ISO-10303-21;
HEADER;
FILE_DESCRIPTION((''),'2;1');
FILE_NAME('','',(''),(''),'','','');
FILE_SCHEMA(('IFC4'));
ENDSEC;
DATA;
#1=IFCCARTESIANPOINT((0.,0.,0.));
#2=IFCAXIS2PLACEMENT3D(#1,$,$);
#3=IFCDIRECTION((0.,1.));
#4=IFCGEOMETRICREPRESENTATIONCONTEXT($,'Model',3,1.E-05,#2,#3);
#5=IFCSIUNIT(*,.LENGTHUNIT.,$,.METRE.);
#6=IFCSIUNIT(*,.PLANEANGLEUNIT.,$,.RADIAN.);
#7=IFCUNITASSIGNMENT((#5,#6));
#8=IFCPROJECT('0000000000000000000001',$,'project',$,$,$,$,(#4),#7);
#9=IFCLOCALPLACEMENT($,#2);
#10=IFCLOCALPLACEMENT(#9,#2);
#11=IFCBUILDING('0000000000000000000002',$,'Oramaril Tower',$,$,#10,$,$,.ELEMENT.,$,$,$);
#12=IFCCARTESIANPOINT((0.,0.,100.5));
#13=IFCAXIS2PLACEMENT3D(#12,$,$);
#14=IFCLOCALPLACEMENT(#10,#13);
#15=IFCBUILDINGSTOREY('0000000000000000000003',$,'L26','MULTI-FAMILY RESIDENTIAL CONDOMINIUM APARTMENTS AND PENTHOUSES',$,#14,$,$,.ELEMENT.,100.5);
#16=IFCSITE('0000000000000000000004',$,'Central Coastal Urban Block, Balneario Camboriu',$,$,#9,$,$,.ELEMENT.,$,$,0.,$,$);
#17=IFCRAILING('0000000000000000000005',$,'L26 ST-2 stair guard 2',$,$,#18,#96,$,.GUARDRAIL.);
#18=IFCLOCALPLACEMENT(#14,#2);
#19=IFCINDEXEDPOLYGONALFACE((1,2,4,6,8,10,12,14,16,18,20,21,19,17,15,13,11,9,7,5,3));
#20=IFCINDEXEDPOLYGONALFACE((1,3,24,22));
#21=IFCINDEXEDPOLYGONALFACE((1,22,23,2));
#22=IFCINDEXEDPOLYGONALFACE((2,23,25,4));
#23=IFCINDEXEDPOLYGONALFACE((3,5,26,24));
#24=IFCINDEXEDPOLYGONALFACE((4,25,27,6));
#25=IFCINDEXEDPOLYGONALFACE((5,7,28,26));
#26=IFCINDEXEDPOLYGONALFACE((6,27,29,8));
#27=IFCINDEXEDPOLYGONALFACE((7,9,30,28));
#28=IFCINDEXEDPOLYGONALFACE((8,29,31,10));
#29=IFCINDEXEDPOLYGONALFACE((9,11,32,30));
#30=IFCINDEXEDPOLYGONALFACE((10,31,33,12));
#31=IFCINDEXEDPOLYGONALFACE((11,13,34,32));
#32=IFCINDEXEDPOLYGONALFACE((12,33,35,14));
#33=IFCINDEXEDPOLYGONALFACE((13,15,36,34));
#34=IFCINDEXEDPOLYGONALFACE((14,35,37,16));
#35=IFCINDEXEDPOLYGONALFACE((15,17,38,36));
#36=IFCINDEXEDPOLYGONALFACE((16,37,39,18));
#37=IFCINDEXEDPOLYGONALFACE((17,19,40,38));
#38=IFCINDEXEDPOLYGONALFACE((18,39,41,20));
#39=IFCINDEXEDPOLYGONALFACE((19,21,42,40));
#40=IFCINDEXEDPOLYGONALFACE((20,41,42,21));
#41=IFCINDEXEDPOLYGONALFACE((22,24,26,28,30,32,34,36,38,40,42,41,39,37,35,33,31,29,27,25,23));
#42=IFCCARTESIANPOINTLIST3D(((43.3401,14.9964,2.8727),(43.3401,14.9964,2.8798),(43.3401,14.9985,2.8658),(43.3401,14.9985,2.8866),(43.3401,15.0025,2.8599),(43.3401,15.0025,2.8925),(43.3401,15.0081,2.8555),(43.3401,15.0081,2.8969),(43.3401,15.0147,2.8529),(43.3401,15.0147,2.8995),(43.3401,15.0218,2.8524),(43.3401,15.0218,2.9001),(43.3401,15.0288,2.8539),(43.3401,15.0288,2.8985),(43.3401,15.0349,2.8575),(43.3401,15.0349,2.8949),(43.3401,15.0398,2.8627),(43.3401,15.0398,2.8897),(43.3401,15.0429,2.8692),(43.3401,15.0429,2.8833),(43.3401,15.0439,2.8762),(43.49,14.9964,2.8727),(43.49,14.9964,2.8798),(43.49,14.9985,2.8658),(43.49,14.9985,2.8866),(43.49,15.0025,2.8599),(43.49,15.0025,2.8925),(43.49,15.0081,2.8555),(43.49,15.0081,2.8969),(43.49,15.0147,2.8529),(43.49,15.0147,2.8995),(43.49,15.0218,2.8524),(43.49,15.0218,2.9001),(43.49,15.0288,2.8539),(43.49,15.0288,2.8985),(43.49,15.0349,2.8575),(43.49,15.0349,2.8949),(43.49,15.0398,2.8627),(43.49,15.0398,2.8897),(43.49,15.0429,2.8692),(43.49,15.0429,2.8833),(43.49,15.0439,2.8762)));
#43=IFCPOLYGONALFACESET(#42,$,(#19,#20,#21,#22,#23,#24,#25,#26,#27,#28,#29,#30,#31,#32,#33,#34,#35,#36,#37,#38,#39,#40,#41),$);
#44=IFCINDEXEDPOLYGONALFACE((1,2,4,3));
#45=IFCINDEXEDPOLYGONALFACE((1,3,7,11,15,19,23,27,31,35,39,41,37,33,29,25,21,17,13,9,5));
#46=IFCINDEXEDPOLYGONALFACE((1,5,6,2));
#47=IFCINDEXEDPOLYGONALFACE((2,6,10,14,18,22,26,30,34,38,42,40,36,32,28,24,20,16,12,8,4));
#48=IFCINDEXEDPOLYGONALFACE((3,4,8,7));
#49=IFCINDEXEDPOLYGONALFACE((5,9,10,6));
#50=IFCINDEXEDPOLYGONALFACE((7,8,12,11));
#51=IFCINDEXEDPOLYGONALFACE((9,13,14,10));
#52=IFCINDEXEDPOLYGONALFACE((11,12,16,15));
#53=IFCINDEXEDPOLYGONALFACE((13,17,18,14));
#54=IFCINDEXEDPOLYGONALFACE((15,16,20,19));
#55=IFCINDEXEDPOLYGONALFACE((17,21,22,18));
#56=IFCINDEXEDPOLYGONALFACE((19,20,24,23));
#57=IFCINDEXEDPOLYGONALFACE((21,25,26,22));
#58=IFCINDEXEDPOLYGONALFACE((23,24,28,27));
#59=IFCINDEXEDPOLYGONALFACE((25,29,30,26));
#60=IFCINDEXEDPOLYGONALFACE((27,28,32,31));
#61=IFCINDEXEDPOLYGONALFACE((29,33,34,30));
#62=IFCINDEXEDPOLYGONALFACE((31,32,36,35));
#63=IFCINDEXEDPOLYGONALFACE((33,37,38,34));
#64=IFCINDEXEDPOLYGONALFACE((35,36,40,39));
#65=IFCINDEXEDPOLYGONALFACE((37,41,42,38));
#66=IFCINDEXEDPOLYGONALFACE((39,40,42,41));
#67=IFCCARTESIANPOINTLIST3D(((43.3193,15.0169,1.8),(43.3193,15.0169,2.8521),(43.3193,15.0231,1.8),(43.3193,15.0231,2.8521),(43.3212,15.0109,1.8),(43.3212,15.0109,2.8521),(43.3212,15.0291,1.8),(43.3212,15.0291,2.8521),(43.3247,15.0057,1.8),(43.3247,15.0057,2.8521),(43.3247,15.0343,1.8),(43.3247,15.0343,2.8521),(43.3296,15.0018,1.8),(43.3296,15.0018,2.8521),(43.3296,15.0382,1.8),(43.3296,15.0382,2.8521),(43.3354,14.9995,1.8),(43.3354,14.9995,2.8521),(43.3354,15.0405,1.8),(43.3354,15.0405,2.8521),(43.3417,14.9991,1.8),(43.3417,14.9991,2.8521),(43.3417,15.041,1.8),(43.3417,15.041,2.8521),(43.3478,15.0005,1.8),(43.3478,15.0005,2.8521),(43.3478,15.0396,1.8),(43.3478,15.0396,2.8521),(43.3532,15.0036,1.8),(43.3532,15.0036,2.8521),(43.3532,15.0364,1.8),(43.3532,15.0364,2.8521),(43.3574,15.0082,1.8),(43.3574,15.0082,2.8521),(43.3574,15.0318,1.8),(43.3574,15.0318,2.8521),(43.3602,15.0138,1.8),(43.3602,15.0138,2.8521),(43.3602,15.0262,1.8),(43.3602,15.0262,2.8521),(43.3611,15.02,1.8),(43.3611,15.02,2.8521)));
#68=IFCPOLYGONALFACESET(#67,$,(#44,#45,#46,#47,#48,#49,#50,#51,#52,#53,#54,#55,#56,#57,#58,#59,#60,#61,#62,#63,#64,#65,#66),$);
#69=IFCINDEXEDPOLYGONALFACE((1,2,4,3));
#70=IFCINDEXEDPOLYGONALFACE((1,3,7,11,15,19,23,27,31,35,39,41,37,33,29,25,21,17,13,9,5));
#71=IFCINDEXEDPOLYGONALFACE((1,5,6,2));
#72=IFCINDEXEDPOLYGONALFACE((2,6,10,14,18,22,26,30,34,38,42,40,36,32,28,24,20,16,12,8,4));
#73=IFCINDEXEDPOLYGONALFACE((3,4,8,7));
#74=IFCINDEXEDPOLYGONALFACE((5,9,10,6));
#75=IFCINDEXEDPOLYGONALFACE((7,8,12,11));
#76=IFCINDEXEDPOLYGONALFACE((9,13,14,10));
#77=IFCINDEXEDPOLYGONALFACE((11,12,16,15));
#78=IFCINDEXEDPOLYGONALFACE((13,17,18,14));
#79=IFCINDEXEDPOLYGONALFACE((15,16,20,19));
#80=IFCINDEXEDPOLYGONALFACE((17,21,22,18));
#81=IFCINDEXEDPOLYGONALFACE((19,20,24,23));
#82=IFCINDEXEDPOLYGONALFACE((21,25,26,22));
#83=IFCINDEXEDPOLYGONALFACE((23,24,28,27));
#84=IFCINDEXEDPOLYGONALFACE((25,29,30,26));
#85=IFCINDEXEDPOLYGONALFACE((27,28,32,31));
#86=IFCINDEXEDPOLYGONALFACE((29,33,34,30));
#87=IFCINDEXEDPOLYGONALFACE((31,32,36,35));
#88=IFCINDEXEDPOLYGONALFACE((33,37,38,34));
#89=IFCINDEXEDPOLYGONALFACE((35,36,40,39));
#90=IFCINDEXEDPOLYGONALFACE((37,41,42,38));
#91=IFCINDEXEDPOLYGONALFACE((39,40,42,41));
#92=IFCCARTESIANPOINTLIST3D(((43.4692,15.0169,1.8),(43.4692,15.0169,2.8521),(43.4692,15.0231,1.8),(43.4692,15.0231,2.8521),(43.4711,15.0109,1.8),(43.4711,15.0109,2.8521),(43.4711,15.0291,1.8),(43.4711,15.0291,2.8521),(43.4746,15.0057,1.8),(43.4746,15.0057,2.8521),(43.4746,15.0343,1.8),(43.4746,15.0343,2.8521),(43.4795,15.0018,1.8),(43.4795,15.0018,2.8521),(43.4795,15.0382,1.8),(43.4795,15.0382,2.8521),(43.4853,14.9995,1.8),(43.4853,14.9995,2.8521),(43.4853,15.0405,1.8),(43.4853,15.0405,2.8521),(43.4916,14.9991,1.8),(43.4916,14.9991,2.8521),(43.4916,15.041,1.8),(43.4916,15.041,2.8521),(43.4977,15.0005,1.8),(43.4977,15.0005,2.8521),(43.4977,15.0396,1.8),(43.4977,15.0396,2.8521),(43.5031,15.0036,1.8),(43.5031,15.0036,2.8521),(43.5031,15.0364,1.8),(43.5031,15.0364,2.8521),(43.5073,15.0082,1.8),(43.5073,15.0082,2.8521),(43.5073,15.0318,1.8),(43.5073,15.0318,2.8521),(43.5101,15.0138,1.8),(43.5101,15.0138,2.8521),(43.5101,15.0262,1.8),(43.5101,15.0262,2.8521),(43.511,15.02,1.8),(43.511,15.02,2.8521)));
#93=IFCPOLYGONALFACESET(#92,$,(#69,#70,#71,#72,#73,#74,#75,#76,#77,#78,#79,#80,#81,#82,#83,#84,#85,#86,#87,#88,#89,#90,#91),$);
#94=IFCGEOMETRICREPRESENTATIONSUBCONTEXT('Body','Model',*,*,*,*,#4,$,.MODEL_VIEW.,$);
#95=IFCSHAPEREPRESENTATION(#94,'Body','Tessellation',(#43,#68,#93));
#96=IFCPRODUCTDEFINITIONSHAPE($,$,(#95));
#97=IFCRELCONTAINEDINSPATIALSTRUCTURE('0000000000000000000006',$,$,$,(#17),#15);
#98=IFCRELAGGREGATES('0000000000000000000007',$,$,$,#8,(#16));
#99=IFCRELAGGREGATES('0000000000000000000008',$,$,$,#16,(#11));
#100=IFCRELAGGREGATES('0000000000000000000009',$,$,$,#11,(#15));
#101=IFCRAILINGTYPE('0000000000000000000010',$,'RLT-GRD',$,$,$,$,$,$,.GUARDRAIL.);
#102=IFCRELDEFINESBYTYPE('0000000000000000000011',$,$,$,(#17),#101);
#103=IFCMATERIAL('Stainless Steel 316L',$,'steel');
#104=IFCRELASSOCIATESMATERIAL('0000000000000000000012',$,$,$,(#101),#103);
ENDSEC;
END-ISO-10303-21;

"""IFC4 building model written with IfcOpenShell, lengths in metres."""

from ifc_helpers import new_model, si_unit, direction, frame, origin, origin_2d, place, context, subcontext, project, spatial, circle, extrude, material, type_object, element, save


model = new_model("IFC4")

# Units and contexts
model_context = context("Model", 3, precision=1e-05, world=origin(), true_north=direction((0.0, 1.0)))
body_context = subcontext(model_context, "Body", "Model", "MODEL_VIEW")
ifc_project = project(units=[si_unit("LENGTHUNIT", "METRE"), si_unit("PLANEANGLEUNIT", "RADIAN")], contexts=[model_context])

# Site, building, storey
site_placement = place(None, origin())
site = spatial("IfcSite", under=ifc_project, at=site_placement, Name="Central Coastal Urban Block, Balneario Camboriu", CompositionType="ELEMENT", RefElevation=0.0)
building_placement = place(site_placement, origin())
building = spatial("IfcBuilding", under=site, at=building_placement, Name="Oramaril Tower", CompositionType="ELEMENT")
storey_placement = place(building_placement, frame((0.0, 0.0, 100.5)))
storey = spatial("IfcBuildingStorey", under=building, at=storey_placement, Name="L26", Description="MULTI-FAMILY RESIDENTIAL CONDOMINIUM APARTMENTS AND PENTHOUSES", CompositionType="ELEMENT", Elevation=100.5)

# Railing
ifc_material_1 = material(Name="Stainless Steel 316L", Category="steel")
railing_type_1 = type_object("IfcRailingType", Name="RLT-GRD", PredefinedType="GUARDRAIL", material=ifc_material_1)
railing_1_placement = place(storey_placement, frame((43.3401, 15.02, 1.8)))
element("IfcRailing", 1, at=railing_1_placement, inside=storey, type_object=railing_type_1, Name="L26 ST-2 stair guard 2", PredefinedType="GUARDRAIL", context=body_context, shape_type="SweptSolid", body=[
    extrude(circle(Radius=0.0239, at=origin_2d()), frame((0.0, 0.0, 1.0762), z_axis=(1.0, 0.0, 0.0), x_axis=(0.0, 1.0, 0.0)), (0.0, 0.0, 1.0), 0.1499),
    extrude(circle(Radius=0.021, at=origin_2d()), origin(), (0.0, 0.0, 1.0), 1.052),
    extrude(circle(Radius=0.021, at=origin_2d()), frame((0.1499, 0.0, 0.0)), (0.0, 0.0, 1.0), 1.052),
])

save(model, "model.ifc")
